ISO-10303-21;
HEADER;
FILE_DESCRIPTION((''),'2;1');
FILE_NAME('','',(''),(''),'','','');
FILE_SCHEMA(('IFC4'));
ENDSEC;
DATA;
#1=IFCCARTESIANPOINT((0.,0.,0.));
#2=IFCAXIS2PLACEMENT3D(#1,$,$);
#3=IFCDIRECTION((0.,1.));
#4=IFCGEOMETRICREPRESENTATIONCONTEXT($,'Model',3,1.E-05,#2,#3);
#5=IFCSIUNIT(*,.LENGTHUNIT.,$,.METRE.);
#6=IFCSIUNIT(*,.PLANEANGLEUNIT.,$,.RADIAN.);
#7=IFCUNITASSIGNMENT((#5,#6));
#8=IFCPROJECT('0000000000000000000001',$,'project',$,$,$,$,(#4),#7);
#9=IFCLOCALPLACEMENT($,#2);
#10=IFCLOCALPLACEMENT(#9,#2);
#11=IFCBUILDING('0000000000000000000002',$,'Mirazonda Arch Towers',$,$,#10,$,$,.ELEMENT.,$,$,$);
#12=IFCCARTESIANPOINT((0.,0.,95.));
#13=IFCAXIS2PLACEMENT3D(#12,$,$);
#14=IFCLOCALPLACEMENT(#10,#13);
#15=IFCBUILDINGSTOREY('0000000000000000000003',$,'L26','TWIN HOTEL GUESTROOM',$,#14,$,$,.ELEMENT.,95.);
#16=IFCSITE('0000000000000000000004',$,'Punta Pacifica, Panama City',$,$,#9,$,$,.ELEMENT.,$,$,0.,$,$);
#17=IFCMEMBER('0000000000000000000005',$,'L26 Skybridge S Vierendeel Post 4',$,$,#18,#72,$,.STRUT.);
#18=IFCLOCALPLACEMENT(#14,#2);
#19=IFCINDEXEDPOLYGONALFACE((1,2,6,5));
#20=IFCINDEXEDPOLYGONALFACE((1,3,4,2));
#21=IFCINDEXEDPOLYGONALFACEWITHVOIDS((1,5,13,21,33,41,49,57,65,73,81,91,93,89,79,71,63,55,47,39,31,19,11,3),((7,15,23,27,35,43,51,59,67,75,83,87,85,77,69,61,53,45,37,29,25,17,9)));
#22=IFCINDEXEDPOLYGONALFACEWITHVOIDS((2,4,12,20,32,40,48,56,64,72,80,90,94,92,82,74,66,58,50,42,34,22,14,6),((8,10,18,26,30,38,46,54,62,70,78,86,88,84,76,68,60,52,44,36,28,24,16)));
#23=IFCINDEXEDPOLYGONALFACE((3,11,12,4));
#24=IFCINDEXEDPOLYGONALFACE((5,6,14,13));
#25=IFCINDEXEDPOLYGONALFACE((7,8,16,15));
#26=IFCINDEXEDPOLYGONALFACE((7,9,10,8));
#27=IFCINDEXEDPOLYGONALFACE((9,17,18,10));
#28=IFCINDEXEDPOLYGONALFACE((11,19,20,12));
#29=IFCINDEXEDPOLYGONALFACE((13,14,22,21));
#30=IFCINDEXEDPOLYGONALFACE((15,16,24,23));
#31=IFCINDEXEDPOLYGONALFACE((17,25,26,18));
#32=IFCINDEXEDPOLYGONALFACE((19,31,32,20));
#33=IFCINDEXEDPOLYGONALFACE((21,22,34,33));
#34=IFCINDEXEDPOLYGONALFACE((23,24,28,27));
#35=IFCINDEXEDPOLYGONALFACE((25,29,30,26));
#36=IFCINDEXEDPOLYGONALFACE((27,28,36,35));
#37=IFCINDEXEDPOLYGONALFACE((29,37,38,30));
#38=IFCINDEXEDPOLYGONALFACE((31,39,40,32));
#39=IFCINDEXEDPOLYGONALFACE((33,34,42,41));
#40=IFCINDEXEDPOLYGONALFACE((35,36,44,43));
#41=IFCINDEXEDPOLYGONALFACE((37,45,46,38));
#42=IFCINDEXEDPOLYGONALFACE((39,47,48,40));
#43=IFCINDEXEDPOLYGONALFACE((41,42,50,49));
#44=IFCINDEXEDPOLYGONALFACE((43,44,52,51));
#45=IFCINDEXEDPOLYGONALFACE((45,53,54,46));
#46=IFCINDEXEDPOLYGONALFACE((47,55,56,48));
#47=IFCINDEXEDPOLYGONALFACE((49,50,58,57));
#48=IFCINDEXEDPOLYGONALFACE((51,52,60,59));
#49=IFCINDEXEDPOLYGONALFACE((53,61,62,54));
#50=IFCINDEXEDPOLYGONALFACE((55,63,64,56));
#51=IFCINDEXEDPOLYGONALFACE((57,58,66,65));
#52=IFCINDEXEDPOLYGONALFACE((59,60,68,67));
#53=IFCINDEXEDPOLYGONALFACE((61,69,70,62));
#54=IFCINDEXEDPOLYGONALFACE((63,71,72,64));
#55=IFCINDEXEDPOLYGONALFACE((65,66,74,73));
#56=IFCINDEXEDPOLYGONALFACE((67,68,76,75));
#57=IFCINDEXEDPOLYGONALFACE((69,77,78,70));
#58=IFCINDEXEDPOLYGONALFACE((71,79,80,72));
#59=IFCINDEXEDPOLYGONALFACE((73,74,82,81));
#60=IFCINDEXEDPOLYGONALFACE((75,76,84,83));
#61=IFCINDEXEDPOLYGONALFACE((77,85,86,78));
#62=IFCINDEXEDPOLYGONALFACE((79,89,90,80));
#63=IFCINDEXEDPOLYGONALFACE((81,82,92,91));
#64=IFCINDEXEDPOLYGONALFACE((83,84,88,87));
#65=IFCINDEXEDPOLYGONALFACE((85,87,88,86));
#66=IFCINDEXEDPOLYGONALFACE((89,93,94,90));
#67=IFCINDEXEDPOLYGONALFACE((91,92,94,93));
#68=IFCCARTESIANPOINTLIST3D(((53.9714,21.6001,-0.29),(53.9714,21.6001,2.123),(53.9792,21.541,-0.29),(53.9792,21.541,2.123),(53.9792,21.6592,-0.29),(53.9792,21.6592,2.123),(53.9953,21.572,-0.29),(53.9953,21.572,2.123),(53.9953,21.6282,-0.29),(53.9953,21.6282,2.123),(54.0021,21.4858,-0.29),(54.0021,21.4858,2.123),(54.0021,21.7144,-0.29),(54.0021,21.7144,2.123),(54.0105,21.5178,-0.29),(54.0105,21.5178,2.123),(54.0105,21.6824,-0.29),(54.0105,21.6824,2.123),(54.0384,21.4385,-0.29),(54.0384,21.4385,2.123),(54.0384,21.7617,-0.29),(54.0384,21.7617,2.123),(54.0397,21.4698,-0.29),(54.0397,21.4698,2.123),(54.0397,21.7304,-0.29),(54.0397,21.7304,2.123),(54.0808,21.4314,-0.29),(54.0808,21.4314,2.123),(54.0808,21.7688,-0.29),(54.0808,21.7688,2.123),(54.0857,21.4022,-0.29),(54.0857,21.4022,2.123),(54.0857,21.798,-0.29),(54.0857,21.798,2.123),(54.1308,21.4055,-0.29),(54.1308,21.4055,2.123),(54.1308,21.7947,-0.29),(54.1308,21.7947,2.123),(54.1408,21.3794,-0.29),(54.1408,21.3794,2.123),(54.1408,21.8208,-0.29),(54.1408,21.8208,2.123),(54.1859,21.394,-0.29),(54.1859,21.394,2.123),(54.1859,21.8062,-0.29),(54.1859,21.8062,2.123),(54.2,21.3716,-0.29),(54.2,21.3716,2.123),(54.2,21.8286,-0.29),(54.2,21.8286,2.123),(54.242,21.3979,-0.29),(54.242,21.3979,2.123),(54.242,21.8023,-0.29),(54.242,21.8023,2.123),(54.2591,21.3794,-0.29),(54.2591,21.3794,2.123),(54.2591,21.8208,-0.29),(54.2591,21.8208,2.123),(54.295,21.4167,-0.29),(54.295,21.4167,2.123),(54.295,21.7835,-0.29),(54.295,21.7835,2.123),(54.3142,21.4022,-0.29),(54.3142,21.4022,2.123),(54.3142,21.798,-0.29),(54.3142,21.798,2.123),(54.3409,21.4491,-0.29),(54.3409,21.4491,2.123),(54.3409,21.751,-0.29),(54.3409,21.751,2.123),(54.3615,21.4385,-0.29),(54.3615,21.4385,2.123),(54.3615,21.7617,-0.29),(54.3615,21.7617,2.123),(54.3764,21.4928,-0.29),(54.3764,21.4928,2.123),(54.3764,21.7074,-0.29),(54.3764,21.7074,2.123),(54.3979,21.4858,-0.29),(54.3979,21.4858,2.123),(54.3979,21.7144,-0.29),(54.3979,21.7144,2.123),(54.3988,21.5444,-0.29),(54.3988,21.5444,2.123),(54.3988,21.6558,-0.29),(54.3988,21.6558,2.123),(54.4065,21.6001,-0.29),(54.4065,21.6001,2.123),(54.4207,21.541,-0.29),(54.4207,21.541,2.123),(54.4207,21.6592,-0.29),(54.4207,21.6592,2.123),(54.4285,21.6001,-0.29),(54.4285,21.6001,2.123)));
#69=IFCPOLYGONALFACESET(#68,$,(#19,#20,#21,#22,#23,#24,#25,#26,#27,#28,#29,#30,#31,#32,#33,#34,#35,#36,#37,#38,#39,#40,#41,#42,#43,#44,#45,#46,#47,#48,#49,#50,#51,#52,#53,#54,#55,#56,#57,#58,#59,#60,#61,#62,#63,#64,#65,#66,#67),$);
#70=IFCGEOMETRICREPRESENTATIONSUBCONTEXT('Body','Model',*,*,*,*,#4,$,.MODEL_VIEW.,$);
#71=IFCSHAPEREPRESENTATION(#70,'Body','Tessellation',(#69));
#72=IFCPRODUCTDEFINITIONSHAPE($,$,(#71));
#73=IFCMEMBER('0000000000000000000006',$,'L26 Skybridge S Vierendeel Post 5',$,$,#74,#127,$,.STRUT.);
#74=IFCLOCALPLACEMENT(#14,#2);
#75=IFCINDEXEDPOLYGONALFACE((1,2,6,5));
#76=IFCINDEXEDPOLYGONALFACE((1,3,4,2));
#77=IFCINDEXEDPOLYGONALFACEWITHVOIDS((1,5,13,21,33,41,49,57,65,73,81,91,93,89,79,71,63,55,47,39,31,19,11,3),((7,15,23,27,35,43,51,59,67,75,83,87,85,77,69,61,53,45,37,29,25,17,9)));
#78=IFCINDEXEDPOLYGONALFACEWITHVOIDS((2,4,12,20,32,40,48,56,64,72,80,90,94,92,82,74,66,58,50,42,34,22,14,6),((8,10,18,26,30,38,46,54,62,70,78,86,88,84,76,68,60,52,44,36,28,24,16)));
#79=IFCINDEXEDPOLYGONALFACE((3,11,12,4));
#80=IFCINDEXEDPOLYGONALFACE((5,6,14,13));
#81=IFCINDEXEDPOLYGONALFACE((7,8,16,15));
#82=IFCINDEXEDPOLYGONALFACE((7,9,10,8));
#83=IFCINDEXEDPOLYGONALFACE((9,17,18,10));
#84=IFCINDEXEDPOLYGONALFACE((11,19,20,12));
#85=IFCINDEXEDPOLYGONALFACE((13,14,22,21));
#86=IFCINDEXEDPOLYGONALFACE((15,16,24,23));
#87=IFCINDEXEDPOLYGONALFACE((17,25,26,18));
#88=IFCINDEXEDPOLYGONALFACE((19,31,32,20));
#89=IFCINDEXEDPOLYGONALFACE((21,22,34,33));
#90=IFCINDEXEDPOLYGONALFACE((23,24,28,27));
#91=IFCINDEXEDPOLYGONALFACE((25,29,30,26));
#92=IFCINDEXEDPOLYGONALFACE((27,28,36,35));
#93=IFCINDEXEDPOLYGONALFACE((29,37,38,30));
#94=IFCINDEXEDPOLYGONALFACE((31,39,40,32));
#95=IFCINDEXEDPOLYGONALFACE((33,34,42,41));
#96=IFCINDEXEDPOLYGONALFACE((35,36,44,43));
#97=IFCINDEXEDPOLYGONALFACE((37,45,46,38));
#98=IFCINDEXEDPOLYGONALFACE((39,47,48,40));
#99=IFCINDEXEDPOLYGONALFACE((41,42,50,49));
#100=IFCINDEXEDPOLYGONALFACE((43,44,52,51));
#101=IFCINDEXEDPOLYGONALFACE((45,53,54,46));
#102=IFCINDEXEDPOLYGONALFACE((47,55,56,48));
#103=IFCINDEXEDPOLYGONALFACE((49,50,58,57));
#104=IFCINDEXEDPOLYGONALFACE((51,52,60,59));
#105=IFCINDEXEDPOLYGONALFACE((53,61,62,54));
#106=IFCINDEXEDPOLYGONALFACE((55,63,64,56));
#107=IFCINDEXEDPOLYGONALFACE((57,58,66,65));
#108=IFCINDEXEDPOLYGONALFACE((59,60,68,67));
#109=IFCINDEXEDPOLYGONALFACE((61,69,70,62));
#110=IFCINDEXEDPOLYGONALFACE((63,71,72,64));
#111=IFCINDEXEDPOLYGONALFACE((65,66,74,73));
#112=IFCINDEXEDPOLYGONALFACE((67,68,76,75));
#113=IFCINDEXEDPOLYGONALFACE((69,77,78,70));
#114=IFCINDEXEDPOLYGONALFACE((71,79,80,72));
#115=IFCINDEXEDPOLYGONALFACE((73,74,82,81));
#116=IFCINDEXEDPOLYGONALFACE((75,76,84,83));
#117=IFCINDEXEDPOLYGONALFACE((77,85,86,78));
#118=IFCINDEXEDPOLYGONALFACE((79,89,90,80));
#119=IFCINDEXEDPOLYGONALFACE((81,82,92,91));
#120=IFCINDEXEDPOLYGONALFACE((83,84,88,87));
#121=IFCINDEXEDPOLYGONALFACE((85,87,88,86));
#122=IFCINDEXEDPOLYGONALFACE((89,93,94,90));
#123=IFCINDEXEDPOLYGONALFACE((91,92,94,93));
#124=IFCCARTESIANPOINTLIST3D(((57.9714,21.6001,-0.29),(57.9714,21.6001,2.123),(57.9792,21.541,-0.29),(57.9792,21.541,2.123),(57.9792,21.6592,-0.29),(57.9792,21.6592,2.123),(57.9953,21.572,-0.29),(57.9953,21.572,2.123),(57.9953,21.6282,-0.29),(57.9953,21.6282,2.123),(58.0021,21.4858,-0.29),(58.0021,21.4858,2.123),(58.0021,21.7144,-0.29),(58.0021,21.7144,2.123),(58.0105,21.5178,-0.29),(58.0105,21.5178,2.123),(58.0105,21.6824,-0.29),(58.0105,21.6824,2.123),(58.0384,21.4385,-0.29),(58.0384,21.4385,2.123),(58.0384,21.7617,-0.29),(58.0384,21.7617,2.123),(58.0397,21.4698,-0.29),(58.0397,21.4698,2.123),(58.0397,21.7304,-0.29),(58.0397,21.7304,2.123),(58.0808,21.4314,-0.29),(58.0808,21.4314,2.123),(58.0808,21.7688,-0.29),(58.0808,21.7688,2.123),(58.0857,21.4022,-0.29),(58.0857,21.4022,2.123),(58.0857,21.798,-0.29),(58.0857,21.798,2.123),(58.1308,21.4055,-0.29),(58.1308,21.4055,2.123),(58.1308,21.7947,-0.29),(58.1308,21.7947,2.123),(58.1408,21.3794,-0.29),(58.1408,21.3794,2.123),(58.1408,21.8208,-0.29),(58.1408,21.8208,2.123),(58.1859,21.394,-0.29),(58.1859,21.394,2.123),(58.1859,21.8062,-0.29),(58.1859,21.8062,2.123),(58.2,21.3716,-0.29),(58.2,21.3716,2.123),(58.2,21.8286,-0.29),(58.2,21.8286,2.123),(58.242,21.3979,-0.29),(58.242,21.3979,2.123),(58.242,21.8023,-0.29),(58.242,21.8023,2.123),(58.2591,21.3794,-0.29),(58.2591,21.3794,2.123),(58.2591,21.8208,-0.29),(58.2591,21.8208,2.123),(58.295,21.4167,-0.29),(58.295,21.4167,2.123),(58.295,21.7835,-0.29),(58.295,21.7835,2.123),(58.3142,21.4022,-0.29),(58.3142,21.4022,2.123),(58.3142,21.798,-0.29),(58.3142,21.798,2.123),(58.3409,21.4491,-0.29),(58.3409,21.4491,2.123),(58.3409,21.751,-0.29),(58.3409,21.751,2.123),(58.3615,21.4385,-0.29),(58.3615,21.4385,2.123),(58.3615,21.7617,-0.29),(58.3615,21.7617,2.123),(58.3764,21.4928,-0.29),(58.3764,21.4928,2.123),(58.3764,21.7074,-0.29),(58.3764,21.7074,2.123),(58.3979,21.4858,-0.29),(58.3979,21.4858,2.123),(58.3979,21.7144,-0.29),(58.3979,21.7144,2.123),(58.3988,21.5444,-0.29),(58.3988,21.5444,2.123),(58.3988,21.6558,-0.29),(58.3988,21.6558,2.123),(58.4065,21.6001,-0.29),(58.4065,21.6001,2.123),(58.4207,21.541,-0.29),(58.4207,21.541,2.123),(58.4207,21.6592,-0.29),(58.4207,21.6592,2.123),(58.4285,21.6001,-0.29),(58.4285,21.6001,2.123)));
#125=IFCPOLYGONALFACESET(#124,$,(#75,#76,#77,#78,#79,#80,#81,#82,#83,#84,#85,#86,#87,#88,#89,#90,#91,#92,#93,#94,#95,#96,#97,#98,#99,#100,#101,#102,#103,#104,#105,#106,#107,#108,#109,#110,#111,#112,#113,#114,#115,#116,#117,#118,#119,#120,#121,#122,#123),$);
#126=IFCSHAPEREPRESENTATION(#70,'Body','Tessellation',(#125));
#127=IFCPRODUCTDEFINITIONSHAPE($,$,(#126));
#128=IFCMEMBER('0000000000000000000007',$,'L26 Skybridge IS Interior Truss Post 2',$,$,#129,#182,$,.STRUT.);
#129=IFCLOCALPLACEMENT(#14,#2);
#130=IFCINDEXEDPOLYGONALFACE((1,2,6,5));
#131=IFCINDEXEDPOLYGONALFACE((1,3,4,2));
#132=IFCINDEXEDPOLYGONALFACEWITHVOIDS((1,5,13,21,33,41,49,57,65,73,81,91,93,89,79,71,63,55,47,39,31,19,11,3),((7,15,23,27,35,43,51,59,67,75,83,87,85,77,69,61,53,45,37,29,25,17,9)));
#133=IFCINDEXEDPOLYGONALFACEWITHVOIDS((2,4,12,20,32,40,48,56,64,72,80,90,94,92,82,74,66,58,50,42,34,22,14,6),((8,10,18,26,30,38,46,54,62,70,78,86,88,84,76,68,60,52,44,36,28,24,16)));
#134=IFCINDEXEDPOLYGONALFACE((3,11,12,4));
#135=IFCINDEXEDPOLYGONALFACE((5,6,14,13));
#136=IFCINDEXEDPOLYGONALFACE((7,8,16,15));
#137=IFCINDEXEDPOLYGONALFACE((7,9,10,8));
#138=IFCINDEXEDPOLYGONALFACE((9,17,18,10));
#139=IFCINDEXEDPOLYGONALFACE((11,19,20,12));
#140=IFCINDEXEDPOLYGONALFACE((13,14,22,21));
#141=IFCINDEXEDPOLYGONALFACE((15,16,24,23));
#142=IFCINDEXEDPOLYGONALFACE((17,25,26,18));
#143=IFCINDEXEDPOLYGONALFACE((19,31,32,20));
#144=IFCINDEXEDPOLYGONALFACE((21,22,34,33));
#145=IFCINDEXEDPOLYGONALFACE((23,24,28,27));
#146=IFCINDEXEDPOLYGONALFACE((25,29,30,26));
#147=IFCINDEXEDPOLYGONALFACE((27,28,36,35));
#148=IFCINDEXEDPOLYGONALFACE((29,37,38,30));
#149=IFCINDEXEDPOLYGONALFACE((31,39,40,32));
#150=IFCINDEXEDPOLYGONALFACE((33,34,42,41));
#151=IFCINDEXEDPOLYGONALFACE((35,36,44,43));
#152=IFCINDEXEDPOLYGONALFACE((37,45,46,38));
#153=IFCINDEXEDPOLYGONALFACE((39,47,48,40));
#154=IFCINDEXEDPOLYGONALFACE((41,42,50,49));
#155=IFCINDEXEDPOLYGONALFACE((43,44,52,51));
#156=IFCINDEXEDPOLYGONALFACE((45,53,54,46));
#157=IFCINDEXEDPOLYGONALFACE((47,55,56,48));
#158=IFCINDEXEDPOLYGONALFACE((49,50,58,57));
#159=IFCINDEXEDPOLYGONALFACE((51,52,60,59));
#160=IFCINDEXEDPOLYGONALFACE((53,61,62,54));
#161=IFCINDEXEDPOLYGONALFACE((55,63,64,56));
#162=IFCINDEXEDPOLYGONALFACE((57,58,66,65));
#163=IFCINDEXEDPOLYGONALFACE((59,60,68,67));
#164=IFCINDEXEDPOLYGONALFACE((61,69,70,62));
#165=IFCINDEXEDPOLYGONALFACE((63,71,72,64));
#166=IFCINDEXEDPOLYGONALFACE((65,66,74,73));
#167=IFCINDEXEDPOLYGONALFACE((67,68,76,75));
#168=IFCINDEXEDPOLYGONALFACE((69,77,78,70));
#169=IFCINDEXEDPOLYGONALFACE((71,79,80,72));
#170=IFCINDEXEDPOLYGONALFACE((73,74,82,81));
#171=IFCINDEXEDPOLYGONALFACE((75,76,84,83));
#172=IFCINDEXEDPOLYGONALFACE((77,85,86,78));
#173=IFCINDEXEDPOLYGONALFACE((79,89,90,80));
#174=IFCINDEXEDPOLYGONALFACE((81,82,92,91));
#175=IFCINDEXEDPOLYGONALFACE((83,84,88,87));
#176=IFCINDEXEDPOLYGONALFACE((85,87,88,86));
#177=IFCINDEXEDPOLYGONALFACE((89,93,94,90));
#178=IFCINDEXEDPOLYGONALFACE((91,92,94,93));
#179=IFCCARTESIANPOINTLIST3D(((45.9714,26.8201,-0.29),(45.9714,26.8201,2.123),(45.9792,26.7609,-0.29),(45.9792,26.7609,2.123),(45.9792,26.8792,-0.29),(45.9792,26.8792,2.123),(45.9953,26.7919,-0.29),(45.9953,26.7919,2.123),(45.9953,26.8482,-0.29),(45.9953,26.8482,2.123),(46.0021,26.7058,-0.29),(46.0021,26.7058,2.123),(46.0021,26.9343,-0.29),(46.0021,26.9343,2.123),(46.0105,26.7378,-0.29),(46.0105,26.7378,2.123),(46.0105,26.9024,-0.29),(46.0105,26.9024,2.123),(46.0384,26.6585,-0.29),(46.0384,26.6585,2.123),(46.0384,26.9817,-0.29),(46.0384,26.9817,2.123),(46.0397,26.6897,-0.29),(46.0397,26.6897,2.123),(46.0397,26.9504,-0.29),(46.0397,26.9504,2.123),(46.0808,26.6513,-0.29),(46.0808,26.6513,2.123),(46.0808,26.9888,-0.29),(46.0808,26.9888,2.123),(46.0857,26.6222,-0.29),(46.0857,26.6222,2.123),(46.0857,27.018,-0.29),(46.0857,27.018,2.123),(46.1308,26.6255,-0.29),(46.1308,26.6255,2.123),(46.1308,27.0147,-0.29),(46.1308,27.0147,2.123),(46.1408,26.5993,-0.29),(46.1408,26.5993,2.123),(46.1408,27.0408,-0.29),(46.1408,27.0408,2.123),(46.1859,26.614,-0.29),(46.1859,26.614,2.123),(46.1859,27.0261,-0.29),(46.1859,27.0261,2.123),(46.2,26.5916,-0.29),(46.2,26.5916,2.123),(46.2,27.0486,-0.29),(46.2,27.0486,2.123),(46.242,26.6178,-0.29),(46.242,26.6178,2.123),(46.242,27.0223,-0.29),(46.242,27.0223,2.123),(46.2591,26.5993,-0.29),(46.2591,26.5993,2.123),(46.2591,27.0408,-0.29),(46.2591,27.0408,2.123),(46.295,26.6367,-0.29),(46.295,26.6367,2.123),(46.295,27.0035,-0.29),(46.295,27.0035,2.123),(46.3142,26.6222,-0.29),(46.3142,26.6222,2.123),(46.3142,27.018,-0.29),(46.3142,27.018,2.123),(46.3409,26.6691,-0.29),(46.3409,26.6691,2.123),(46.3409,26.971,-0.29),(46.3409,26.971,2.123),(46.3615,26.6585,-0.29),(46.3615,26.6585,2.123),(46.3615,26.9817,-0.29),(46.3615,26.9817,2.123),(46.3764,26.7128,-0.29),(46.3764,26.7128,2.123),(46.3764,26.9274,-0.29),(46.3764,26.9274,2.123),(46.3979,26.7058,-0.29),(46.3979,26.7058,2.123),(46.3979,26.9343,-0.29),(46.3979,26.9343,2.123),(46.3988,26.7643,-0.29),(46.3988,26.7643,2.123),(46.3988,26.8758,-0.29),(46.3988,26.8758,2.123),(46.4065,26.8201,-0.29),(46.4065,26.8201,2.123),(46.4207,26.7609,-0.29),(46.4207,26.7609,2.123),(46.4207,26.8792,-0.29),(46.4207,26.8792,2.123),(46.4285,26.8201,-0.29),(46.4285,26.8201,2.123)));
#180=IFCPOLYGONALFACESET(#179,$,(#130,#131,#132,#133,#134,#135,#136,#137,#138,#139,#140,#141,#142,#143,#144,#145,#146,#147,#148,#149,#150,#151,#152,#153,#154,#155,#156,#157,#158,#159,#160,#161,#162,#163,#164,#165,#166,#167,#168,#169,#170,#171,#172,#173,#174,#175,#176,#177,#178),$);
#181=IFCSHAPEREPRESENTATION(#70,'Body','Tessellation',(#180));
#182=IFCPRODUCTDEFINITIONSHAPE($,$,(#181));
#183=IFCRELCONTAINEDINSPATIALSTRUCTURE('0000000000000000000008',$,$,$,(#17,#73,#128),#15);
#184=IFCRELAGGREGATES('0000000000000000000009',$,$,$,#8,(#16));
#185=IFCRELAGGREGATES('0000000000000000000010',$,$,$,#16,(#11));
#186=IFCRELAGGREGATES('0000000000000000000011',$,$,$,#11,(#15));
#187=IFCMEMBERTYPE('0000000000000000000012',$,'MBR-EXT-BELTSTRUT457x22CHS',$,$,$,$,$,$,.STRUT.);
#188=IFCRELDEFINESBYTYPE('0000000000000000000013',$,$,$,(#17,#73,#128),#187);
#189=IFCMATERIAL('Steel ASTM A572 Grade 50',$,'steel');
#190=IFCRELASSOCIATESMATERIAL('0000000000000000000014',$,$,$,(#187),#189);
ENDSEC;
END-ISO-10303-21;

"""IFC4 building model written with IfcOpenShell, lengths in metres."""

from ifc_helpers import new_model, si_unit, direction, frame, origin, origin_2d, place, context, subcontext, project, spatial, hollow_circle, extrude, material, material_profile, profile_set, type_object, element, save


model = new_model("IFC4")

# Units and contexts
model_context = context("Model", 3, precision=1e-05, world=origin(), true_north=direction((0.0, 1.0)))
body_context = subcontext(model_context, "Body", "Model", "MODEL_VIEW")
ifc_project = project(units=[si_unit("LENGTHUNIT", "METRE"), si_unit("PLANEANGLEUNIT", "RADIAN")], contexts=[model_context])

# Site, building, storey
site_placement = place(None, origin())
site = spatial("IfcSite", under=ifc_project, at=site_placement, Name="Punta Pacifica, Panama City", CompositionType="ELEMENT", RefElevation=0.0)
building_placement = place(site_placement, origin())
building = spatial("IfcBuilding", under=site, at=building_placement, Name="Mirazonda Arch Towers", CompositionType="ELEMENT")
storey_placement = place(building_placement, frame((0.0, 0.0, 95.0)))
storey = spatial("IfcBuildingStorey", under=building, at=storey_placement, Name="L26", Description="TWIN HOTEL GUESTROOM", CompositionType="ELEMENT", Elevation=95.0)

# Members
ifc_material_1 = material(Name="Steel ASTM A572 Grade 50", Category="steel")
ifc_material_profile_1 = material_profile(ifc_material_1, hollow_circle(Radius=0.2285, WallThickness=0.022, at=origin_2d()), Name="BELTSTRUT457x22CHS")
ifc_profile_set_1 = profile_set([ifc_material_profile_1], Name="Steel ASTM A572 Grade 50")
member_type_1 = type_object("IfcMemberType", Name="MBR-EXT-BELTSTRUT457x22CHS", PredefinedType="STRUT", material=ifc_profile_set_1)
for number, where, z_axis, x_axis, name in (
    (1, (54.2, 21.6001, -0.29), (0.0, 0.0, 1.0), (1.0, 0.0, 0.0), "L26 Skybridge S Vierendeel Post 4"),
    (2, (58.2, 21.6001, -0.29), (0.0, 0.0, 1.0), (1.0, 0.0, 0.0), "L26 Skybridge S Vierendeel Post 5"),
    (3, (46.2, 26.8201, -0.29), (0.0, 0.0, 1.0), (1.0, 0.0, 0.0), "L26 Skybridge IS Interior Truss Post 2"),
):
    element("IfcMember", number, at=place(storey_placement, frame(where, z_axis=z_axis, x_axis=x_axis)), inside=storey, type_object=member_type_1, Name=name, PredefinedType="STRUT", context=body_context, shape_type="SweptSolid", body=[
        extrude(hollow_circle(Radius=0.2285, WallThickness=0.022, at=origin_2d()), origin(), (0.0, 0.0, 1.0), 2.4131),
    ])

save(model, "model.ifc")
